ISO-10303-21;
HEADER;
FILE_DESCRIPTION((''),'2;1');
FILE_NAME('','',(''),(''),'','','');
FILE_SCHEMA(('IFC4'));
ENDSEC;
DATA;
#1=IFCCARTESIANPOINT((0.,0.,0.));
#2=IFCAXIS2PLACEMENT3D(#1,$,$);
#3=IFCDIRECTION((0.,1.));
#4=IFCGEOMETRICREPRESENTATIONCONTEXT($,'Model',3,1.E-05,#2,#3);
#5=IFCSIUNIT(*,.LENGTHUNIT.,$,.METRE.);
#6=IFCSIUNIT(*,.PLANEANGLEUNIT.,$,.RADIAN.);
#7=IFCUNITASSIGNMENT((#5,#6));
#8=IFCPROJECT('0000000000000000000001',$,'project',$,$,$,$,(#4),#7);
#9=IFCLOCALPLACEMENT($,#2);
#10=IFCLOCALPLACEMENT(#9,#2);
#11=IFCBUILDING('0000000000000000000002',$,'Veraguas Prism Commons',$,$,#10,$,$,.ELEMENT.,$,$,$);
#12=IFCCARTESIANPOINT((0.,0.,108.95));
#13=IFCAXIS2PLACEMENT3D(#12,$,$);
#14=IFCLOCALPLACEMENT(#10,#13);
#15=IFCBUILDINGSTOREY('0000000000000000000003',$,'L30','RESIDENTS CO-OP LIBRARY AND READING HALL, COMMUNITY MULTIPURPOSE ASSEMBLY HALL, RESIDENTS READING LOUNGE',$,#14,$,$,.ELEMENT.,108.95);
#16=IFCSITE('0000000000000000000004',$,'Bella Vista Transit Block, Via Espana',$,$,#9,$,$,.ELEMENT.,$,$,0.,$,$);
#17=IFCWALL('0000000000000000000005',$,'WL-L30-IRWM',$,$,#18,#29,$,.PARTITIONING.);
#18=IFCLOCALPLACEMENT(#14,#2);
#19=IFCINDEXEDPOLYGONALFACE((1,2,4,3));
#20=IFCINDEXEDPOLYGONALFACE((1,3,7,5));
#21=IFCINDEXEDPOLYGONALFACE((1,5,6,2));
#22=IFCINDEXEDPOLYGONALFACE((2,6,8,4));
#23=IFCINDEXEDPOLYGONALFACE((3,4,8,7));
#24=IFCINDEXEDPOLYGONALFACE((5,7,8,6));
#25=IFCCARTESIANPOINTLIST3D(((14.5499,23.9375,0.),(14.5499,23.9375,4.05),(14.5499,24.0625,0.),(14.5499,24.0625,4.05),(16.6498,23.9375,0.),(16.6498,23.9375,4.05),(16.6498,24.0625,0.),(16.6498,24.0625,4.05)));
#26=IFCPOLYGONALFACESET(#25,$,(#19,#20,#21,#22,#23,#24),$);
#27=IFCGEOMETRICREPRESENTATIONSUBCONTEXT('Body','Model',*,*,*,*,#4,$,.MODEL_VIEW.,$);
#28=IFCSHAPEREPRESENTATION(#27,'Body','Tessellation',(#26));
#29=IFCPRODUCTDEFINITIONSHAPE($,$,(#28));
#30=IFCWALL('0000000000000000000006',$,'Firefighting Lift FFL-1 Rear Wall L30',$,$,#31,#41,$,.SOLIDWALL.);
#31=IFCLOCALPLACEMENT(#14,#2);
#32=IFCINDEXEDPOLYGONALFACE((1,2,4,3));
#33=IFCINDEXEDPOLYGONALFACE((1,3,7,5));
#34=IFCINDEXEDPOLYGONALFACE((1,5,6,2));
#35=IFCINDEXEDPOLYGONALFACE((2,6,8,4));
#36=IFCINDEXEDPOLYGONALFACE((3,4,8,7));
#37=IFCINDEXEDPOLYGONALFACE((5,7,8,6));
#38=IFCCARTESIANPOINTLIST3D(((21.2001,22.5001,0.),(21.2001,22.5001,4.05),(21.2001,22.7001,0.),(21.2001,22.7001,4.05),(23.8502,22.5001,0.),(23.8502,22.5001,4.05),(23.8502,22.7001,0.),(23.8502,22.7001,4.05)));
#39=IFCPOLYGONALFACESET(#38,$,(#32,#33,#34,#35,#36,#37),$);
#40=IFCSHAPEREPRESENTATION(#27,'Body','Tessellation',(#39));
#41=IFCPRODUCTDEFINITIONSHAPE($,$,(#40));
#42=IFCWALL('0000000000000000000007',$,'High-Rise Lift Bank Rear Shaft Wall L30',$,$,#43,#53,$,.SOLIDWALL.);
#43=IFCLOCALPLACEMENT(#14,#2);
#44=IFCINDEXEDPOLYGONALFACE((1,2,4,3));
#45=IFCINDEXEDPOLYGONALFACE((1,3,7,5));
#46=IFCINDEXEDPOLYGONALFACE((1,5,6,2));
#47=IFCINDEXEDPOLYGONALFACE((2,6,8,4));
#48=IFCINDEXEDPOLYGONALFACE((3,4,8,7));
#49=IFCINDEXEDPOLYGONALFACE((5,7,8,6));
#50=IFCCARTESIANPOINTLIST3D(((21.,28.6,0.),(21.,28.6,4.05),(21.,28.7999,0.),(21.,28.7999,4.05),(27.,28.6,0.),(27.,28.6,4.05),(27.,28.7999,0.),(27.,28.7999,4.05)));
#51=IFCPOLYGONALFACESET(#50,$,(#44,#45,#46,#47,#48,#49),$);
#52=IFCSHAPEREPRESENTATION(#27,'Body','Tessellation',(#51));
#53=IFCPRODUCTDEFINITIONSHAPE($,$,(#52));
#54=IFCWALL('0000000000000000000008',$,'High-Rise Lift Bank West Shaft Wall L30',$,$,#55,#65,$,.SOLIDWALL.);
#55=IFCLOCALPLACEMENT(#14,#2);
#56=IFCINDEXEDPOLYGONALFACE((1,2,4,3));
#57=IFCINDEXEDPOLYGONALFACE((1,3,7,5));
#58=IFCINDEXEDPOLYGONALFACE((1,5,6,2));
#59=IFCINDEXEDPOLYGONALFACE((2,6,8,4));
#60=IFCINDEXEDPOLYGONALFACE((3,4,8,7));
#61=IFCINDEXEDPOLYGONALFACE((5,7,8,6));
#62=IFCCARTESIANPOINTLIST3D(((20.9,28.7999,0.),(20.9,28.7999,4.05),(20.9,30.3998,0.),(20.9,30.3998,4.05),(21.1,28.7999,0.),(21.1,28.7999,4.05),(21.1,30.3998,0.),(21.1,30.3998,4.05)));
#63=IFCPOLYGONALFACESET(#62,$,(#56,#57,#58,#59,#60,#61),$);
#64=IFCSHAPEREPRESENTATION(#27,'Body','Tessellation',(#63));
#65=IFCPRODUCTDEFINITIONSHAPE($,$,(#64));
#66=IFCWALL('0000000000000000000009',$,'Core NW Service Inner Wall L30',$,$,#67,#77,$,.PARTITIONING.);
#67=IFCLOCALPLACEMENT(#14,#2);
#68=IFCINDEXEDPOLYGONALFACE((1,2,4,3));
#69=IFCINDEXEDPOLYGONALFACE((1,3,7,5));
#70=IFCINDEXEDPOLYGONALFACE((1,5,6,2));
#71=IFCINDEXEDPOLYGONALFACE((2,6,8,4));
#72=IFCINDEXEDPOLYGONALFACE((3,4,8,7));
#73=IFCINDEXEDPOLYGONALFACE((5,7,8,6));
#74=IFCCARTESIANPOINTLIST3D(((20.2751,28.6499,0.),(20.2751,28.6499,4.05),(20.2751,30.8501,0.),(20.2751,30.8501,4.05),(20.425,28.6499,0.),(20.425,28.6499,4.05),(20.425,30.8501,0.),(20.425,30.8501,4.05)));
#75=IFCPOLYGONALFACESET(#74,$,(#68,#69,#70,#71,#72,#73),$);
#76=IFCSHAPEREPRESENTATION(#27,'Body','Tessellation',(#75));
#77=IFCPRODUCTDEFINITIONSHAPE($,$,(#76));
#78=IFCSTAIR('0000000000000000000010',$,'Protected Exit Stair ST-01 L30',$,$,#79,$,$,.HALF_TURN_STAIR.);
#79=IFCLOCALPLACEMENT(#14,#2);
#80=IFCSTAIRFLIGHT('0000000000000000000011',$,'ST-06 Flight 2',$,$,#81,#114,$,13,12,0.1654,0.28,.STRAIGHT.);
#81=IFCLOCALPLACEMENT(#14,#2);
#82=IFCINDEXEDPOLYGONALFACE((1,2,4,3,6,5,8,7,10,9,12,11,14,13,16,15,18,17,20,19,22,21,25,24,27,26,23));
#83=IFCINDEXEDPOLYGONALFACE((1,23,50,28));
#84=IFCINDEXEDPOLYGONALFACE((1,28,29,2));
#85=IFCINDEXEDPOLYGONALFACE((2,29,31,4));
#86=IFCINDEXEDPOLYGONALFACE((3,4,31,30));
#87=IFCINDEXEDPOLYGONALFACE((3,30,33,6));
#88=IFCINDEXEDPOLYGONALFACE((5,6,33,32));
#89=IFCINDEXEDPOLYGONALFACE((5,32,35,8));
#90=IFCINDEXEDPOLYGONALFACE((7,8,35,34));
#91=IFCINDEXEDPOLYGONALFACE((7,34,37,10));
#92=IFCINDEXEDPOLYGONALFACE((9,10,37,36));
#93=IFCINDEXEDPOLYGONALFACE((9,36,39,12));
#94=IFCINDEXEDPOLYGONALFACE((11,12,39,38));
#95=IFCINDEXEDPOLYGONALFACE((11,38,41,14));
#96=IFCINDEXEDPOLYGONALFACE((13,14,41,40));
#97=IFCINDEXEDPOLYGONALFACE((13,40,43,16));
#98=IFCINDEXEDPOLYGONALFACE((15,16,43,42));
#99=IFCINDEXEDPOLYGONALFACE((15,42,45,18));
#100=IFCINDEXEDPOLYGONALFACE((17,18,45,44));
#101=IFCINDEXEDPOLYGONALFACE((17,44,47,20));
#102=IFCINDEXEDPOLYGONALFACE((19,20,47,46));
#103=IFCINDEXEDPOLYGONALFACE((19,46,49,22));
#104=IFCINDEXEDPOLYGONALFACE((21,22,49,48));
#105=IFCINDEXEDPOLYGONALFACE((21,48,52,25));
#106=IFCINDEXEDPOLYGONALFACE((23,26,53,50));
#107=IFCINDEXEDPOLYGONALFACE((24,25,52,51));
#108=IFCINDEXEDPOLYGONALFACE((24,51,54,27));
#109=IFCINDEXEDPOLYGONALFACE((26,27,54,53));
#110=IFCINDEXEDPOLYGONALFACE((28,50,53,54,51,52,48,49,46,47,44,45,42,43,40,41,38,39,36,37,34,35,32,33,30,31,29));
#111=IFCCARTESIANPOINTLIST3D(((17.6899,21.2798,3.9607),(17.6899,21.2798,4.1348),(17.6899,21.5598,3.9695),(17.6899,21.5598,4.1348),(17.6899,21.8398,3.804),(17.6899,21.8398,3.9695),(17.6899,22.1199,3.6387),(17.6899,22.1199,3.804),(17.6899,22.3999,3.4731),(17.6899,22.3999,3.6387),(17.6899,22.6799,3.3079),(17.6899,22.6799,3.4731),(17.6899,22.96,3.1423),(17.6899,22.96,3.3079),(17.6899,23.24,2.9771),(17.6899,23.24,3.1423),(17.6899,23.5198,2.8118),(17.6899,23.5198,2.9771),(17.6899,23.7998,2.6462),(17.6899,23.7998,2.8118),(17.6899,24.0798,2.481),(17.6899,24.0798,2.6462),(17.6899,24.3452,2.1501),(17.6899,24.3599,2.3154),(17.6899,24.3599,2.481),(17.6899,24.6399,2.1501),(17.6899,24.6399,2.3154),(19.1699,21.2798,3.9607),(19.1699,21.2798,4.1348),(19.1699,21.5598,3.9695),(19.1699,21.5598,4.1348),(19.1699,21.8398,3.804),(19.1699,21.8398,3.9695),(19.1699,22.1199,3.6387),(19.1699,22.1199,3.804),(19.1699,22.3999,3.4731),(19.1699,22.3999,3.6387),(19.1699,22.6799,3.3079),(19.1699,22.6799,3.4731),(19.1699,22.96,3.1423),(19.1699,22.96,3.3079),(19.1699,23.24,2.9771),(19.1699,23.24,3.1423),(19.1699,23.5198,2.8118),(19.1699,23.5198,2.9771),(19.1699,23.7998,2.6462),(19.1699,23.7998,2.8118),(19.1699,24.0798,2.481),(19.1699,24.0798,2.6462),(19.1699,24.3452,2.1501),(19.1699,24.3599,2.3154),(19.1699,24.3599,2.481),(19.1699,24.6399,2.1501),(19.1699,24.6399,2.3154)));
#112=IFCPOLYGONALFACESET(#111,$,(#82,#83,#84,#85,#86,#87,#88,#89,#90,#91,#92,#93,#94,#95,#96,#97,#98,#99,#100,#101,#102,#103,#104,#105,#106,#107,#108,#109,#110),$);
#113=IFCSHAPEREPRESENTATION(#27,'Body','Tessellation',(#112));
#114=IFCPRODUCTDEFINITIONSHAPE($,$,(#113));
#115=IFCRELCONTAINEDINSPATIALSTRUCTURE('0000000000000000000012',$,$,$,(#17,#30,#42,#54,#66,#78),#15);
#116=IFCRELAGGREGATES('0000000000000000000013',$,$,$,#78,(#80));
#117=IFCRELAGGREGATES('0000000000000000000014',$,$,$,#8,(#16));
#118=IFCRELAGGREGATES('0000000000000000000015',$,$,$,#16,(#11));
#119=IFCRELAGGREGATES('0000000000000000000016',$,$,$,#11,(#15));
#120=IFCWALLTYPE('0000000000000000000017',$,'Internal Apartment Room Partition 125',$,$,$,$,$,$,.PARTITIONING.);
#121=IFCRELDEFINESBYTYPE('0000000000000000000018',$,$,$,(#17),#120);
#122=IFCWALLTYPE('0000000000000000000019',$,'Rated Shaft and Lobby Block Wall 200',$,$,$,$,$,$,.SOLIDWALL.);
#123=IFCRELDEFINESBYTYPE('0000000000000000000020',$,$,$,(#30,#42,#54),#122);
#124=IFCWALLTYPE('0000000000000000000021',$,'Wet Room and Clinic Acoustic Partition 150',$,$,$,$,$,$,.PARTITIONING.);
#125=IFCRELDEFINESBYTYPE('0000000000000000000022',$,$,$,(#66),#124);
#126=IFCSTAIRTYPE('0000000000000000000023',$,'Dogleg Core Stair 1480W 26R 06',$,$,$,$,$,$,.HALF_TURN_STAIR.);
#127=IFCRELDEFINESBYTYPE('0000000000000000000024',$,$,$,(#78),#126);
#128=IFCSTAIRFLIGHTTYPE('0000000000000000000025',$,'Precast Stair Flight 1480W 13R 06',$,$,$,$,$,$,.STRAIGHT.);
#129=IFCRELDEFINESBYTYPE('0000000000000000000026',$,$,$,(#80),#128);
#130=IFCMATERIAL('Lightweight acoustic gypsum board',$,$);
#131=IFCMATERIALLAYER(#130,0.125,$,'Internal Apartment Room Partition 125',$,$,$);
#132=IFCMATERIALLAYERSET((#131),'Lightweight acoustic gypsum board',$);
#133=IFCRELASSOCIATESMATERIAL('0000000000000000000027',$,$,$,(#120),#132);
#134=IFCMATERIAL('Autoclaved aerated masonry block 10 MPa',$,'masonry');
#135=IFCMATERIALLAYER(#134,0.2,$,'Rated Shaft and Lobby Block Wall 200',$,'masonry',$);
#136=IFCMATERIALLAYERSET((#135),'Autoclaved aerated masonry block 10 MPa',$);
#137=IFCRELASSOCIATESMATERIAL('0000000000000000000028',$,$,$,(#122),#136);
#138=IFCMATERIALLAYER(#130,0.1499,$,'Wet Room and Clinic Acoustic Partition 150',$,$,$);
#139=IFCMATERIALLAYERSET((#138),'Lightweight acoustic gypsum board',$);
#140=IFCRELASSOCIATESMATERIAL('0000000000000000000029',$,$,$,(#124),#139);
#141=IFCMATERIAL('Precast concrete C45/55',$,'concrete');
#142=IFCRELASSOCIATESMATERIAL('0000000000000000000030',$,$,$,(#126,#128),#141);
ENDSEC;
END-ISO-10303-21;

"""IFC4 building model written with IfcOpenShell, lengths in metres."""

from ifc_helpers import new_model, si_unit, direction, frame, frame_2d, origin, place, context, subcontext, project, spatial, polyline, rectangle, outline, extrude, material, layer, layer_set, type_object, element, aggregate, save


model = new_model("IFC4")

# Units and contexts
model_context = context("Model", 3, precision=1e-05, world=origin(), true_north=direction((0.0, 1.0)))
body_context = subcontext(model_context, "Body", "Model", "MODEL_VIEW")
ifc_project = project(units=[si_unit("LENGTHUNIT", "METRE"), si_unit("PLANEANGLEUNIT", "RADIAN")], contexts=[model_context])

# Site, building, storey
site_placement = place(None, origin())
site = spatial("IfcSite", under=ifc_project, at=site_placement, Name="Bella Vista Transit Block, Via Espana", CompositionType="ELEMENT", RefElevation=0.0)
building_placement = place(site_placement, origin())
building = spatial("IfcBuilding", under=site, at=building_placement, Name="Veraguas Prism Commons", CompositionType="ELEMENT")
storey_placement = place(building_placement, frame((0.0, 0.0, 108.95)))
storey = spatial("IfcBuildingStorey", under=building, at=storey_placement, Name="L30", Description="RESIDENTS CO-OP LIBRARY AND READING HALL, COMMUNITY MULTIPURPOSE ASSEMBLY HALL, RESIDENTS READING LOUNGE", CompositionType="ELEMENT", Elevation=108.95)

# Shared definitions
ifc_material_1 = material(Name="Autoclaved aerated masonry block 10 MPa", Category="masonry")

# Walls
ifc_material_2 = material(Name="Lightweight acoustic gypsum board")
ifc_layer_1 = layer(ifc_material_2, 0.125, Name="Internal Apartment Room Partition 125")
ifc_layer_set_1 = layer_set([ifc_layer_1], Name="Lightweight acoustic gypsum board")
wall_type_1 = type_object("IfcWallType", Name="Internal Apartment Room Partition 125", PredefinedType="PARTITIONING", material=ifc_layer_set_1)
wall_1_placement = place(storey_placement, frame((14.55, 24.0, 0.0), z_axis=(0.0, 0.0, 1.0), x_axis=(1.0, 0.0, 0.0)))
element("IfcWall", 1, at=wall_1_placement, inside=storey, type_object=wall_type_1, Name="WL-L30-IRWM", PredefinedType="PARTITIONING", context=body_context, shape_type="SweptSolid", body=[
    extrude(rectangle(XDim=2.0999, YDim=0.125, at=frame_2d((1.0498, 0.0))), origin(), (0.0, 0.0, 1.0), 4.05),
])
ifc_layer_2 = layer(ifc_material_1, 0.2, Name="Rated Shaft and Lobby Block Wall 200", Category="masonry")
ifc_layer_set_2 = layer_set([ifc_layer_2], Name="Autoclaved aerated masonry block 10 MPa")
wall_type_2 = type_object("IfcWallType", Name="Rated Shaft and Lobby Block Wall 200", PredefinedType="SOLIDWALL", material=ifc_layer_set_2)
wall_2_placement = place(storey_placement, frame((21.2, 22.6001, 0.0), z_axis=(0.0, 0.0, 1.0), x_axis=(1.0, 0.0, 0.0)))
element("IfcWall", 2, at=wall_2_placement, inside=storey, type_object=wall_type_2, Name="Firefighting Lift FFL-1 Rear Wall L30", PredefinedType="SOLIDWALL", context=body_context, shape_type="SweptSolid", body=[
    extrude(rectangle(XDim=2.6501, YDim=0.2, at=frame_2d((1.3252, 0.0))), origin(), (0.0, 0.0, 1.0), 4.05),
])
wall_3_placement = place(storey_placement, frame((21.0, 28.7, 0.0), z_axis=(0.0, 0.0, 1.0), x_axis=(1.0, 0.0, 0.0)))
element("IfcWall", 3, at=wall_3_placement, inside=storey, type_object=wall_type_2, Name="High-Rise Lift Bank Rear Shaft Wall L30", PredefinedType="SOLIDWALL", context=body_context, shape_type="SweptSolid", body=[
    extrude(rectangle(XDim=6.0, YDim=0.2, at=frame_2d((3.0, 0.0))), origin(), (0.0, 0.0, 1.0), 4.05),
])
wall_4_placement = place(storey_placement, frame((21.0, 28.8, 0.0), z_axis=(0.0, 0.0, 1.0), x_axis=(0.0, 1.0, 0.0)))
element("IfcWall", 4, at=wall_4_placement, inside=storey, type_object=wall_type_2, Name="High-Rise Lift Bank West Shaft Wall L30", PredefinedType="SOLIDWALL", context=body_context, shape_type="SweptSolid", body=[
    extrude(rectangle(XDim=1.5999, YDim=0.2, at=frame_2d((0.7998, 0.0))), origin(), (0.0, 0.0, 1.0), 4.05),
])
ifc_layer_3 = layer(ifc_material_2, 0.1499, Name="Wet Room and Clinic Acoustic Partition 150")
ifc_layer_set_3 = layer_set([ifc_layer_3], Name="Lightweight acoustic gypsum board")
wall_type_3 = type_object("IfcWallType", Name="Wet Room and Clinic Acoustic Partition 150", PredefinedType="PARTITIONING", material=ifc_layer_set_3)
wall_5_placement = place(storey_placement, frame((20.3501, 28.6499, 0.0), z_axis=(0.0, 0.0, 1.0), x_axis=(0.0, 1.0, 0.0)))
element("IfcWall", 5, at=wall_5_placement, inside=storey, type_object=wall_type_3, Name="Core NW Service Inner Wall L30", PredefinedType="PARTITIONING", context=body_context, shape_type="SweptSolid", body=[
    extrude(rectangle(XDim=2.2002, YDim=0.1499, at=frame_2d((1.1001, 0.0))), origin(), (0.0, 0.0, 1.0), 4.05),
])

# Stair, stair flight
ifc_material_3 = material(Name="Precast concrete C45/55", Category="concrete")
stair_type = type_object("IfcStairType", Name="Dogleg Core Stair 1480W 26R 06", PredefinedType="HALF_TURN_STAIR", material=ifc_material_3)
stair_placement = place(storey_placement, origin())
stair = element("IfcStair", 6, at=stair_placement, inside=storey, type_object=stair_type, Name="Protected Exit Stair ST-01 L30", PredefinedType="HALF_TURN_STAIR")
stair_flight_type = type_object("IfcStairFlightType", Name="Precast Stair Flight 1480W 13R 06", PredefinedType="STRAIGHT", material=ifc_material_3)
stair_flight_placement = place(storey_placement, frame((18.4299, 24.6399, 2.1501), z_axis=(0.0, 0.0, 1.0), x_axis=(0.0, -1.0, 0.0)))
stair_flight = element("IfcStairFlight", 7, at=stair_flight_placement, type_object=stair_flight_type, Name="ST-06 Flight 2", NumberOfRisers=13, NumberOfTreads=12, PredefinedType="STRAIGHT", RiserHeight=0.1654, TreadLength=0.28, context=body_context, shape_type="SweptSolid", body=[
    extrude(outline(polyline([(0.0, 0.0), (0.0, 0.1653), (0.28, 0.1653), (0.28, 0.3308), (0.5601, 0.3308), (0.5601, 0.4961), (0.8401, 0.4961), (0.8401, 0.6616), (1.1201, 0.6616), (1.1201, 0.8269), (1.3999, 0.8269), (1.3999, 0.9922), (1.6799, 0.9922), (1.6799, 1.1577), (1.96, 1.1577), (1.96, 1.323), (2.24, 1.323), (2.24, 1.4885), (2.52, 1.4885), (2.52, 1.6538), (2.8, 1.6538), (2.8, 1.8193), (3.0801, 1.8193), (3.0801, 1.9846), (3.3601, 1.9846), (3.3601, 2.1499), (3.3601, 1.8105), (0.2947, 0.0), (0.0, 0.0)])), frame((0.0, 0.74, 0.0), z_axis=(0.0, -1.0, 0.0), x_axis=(1.0, 0.0, 0.0)), (0.0, 0.0, 1.0), 1.48),
])
aggregate(stair, [stair_flight])

save(model, "model.ifc")
